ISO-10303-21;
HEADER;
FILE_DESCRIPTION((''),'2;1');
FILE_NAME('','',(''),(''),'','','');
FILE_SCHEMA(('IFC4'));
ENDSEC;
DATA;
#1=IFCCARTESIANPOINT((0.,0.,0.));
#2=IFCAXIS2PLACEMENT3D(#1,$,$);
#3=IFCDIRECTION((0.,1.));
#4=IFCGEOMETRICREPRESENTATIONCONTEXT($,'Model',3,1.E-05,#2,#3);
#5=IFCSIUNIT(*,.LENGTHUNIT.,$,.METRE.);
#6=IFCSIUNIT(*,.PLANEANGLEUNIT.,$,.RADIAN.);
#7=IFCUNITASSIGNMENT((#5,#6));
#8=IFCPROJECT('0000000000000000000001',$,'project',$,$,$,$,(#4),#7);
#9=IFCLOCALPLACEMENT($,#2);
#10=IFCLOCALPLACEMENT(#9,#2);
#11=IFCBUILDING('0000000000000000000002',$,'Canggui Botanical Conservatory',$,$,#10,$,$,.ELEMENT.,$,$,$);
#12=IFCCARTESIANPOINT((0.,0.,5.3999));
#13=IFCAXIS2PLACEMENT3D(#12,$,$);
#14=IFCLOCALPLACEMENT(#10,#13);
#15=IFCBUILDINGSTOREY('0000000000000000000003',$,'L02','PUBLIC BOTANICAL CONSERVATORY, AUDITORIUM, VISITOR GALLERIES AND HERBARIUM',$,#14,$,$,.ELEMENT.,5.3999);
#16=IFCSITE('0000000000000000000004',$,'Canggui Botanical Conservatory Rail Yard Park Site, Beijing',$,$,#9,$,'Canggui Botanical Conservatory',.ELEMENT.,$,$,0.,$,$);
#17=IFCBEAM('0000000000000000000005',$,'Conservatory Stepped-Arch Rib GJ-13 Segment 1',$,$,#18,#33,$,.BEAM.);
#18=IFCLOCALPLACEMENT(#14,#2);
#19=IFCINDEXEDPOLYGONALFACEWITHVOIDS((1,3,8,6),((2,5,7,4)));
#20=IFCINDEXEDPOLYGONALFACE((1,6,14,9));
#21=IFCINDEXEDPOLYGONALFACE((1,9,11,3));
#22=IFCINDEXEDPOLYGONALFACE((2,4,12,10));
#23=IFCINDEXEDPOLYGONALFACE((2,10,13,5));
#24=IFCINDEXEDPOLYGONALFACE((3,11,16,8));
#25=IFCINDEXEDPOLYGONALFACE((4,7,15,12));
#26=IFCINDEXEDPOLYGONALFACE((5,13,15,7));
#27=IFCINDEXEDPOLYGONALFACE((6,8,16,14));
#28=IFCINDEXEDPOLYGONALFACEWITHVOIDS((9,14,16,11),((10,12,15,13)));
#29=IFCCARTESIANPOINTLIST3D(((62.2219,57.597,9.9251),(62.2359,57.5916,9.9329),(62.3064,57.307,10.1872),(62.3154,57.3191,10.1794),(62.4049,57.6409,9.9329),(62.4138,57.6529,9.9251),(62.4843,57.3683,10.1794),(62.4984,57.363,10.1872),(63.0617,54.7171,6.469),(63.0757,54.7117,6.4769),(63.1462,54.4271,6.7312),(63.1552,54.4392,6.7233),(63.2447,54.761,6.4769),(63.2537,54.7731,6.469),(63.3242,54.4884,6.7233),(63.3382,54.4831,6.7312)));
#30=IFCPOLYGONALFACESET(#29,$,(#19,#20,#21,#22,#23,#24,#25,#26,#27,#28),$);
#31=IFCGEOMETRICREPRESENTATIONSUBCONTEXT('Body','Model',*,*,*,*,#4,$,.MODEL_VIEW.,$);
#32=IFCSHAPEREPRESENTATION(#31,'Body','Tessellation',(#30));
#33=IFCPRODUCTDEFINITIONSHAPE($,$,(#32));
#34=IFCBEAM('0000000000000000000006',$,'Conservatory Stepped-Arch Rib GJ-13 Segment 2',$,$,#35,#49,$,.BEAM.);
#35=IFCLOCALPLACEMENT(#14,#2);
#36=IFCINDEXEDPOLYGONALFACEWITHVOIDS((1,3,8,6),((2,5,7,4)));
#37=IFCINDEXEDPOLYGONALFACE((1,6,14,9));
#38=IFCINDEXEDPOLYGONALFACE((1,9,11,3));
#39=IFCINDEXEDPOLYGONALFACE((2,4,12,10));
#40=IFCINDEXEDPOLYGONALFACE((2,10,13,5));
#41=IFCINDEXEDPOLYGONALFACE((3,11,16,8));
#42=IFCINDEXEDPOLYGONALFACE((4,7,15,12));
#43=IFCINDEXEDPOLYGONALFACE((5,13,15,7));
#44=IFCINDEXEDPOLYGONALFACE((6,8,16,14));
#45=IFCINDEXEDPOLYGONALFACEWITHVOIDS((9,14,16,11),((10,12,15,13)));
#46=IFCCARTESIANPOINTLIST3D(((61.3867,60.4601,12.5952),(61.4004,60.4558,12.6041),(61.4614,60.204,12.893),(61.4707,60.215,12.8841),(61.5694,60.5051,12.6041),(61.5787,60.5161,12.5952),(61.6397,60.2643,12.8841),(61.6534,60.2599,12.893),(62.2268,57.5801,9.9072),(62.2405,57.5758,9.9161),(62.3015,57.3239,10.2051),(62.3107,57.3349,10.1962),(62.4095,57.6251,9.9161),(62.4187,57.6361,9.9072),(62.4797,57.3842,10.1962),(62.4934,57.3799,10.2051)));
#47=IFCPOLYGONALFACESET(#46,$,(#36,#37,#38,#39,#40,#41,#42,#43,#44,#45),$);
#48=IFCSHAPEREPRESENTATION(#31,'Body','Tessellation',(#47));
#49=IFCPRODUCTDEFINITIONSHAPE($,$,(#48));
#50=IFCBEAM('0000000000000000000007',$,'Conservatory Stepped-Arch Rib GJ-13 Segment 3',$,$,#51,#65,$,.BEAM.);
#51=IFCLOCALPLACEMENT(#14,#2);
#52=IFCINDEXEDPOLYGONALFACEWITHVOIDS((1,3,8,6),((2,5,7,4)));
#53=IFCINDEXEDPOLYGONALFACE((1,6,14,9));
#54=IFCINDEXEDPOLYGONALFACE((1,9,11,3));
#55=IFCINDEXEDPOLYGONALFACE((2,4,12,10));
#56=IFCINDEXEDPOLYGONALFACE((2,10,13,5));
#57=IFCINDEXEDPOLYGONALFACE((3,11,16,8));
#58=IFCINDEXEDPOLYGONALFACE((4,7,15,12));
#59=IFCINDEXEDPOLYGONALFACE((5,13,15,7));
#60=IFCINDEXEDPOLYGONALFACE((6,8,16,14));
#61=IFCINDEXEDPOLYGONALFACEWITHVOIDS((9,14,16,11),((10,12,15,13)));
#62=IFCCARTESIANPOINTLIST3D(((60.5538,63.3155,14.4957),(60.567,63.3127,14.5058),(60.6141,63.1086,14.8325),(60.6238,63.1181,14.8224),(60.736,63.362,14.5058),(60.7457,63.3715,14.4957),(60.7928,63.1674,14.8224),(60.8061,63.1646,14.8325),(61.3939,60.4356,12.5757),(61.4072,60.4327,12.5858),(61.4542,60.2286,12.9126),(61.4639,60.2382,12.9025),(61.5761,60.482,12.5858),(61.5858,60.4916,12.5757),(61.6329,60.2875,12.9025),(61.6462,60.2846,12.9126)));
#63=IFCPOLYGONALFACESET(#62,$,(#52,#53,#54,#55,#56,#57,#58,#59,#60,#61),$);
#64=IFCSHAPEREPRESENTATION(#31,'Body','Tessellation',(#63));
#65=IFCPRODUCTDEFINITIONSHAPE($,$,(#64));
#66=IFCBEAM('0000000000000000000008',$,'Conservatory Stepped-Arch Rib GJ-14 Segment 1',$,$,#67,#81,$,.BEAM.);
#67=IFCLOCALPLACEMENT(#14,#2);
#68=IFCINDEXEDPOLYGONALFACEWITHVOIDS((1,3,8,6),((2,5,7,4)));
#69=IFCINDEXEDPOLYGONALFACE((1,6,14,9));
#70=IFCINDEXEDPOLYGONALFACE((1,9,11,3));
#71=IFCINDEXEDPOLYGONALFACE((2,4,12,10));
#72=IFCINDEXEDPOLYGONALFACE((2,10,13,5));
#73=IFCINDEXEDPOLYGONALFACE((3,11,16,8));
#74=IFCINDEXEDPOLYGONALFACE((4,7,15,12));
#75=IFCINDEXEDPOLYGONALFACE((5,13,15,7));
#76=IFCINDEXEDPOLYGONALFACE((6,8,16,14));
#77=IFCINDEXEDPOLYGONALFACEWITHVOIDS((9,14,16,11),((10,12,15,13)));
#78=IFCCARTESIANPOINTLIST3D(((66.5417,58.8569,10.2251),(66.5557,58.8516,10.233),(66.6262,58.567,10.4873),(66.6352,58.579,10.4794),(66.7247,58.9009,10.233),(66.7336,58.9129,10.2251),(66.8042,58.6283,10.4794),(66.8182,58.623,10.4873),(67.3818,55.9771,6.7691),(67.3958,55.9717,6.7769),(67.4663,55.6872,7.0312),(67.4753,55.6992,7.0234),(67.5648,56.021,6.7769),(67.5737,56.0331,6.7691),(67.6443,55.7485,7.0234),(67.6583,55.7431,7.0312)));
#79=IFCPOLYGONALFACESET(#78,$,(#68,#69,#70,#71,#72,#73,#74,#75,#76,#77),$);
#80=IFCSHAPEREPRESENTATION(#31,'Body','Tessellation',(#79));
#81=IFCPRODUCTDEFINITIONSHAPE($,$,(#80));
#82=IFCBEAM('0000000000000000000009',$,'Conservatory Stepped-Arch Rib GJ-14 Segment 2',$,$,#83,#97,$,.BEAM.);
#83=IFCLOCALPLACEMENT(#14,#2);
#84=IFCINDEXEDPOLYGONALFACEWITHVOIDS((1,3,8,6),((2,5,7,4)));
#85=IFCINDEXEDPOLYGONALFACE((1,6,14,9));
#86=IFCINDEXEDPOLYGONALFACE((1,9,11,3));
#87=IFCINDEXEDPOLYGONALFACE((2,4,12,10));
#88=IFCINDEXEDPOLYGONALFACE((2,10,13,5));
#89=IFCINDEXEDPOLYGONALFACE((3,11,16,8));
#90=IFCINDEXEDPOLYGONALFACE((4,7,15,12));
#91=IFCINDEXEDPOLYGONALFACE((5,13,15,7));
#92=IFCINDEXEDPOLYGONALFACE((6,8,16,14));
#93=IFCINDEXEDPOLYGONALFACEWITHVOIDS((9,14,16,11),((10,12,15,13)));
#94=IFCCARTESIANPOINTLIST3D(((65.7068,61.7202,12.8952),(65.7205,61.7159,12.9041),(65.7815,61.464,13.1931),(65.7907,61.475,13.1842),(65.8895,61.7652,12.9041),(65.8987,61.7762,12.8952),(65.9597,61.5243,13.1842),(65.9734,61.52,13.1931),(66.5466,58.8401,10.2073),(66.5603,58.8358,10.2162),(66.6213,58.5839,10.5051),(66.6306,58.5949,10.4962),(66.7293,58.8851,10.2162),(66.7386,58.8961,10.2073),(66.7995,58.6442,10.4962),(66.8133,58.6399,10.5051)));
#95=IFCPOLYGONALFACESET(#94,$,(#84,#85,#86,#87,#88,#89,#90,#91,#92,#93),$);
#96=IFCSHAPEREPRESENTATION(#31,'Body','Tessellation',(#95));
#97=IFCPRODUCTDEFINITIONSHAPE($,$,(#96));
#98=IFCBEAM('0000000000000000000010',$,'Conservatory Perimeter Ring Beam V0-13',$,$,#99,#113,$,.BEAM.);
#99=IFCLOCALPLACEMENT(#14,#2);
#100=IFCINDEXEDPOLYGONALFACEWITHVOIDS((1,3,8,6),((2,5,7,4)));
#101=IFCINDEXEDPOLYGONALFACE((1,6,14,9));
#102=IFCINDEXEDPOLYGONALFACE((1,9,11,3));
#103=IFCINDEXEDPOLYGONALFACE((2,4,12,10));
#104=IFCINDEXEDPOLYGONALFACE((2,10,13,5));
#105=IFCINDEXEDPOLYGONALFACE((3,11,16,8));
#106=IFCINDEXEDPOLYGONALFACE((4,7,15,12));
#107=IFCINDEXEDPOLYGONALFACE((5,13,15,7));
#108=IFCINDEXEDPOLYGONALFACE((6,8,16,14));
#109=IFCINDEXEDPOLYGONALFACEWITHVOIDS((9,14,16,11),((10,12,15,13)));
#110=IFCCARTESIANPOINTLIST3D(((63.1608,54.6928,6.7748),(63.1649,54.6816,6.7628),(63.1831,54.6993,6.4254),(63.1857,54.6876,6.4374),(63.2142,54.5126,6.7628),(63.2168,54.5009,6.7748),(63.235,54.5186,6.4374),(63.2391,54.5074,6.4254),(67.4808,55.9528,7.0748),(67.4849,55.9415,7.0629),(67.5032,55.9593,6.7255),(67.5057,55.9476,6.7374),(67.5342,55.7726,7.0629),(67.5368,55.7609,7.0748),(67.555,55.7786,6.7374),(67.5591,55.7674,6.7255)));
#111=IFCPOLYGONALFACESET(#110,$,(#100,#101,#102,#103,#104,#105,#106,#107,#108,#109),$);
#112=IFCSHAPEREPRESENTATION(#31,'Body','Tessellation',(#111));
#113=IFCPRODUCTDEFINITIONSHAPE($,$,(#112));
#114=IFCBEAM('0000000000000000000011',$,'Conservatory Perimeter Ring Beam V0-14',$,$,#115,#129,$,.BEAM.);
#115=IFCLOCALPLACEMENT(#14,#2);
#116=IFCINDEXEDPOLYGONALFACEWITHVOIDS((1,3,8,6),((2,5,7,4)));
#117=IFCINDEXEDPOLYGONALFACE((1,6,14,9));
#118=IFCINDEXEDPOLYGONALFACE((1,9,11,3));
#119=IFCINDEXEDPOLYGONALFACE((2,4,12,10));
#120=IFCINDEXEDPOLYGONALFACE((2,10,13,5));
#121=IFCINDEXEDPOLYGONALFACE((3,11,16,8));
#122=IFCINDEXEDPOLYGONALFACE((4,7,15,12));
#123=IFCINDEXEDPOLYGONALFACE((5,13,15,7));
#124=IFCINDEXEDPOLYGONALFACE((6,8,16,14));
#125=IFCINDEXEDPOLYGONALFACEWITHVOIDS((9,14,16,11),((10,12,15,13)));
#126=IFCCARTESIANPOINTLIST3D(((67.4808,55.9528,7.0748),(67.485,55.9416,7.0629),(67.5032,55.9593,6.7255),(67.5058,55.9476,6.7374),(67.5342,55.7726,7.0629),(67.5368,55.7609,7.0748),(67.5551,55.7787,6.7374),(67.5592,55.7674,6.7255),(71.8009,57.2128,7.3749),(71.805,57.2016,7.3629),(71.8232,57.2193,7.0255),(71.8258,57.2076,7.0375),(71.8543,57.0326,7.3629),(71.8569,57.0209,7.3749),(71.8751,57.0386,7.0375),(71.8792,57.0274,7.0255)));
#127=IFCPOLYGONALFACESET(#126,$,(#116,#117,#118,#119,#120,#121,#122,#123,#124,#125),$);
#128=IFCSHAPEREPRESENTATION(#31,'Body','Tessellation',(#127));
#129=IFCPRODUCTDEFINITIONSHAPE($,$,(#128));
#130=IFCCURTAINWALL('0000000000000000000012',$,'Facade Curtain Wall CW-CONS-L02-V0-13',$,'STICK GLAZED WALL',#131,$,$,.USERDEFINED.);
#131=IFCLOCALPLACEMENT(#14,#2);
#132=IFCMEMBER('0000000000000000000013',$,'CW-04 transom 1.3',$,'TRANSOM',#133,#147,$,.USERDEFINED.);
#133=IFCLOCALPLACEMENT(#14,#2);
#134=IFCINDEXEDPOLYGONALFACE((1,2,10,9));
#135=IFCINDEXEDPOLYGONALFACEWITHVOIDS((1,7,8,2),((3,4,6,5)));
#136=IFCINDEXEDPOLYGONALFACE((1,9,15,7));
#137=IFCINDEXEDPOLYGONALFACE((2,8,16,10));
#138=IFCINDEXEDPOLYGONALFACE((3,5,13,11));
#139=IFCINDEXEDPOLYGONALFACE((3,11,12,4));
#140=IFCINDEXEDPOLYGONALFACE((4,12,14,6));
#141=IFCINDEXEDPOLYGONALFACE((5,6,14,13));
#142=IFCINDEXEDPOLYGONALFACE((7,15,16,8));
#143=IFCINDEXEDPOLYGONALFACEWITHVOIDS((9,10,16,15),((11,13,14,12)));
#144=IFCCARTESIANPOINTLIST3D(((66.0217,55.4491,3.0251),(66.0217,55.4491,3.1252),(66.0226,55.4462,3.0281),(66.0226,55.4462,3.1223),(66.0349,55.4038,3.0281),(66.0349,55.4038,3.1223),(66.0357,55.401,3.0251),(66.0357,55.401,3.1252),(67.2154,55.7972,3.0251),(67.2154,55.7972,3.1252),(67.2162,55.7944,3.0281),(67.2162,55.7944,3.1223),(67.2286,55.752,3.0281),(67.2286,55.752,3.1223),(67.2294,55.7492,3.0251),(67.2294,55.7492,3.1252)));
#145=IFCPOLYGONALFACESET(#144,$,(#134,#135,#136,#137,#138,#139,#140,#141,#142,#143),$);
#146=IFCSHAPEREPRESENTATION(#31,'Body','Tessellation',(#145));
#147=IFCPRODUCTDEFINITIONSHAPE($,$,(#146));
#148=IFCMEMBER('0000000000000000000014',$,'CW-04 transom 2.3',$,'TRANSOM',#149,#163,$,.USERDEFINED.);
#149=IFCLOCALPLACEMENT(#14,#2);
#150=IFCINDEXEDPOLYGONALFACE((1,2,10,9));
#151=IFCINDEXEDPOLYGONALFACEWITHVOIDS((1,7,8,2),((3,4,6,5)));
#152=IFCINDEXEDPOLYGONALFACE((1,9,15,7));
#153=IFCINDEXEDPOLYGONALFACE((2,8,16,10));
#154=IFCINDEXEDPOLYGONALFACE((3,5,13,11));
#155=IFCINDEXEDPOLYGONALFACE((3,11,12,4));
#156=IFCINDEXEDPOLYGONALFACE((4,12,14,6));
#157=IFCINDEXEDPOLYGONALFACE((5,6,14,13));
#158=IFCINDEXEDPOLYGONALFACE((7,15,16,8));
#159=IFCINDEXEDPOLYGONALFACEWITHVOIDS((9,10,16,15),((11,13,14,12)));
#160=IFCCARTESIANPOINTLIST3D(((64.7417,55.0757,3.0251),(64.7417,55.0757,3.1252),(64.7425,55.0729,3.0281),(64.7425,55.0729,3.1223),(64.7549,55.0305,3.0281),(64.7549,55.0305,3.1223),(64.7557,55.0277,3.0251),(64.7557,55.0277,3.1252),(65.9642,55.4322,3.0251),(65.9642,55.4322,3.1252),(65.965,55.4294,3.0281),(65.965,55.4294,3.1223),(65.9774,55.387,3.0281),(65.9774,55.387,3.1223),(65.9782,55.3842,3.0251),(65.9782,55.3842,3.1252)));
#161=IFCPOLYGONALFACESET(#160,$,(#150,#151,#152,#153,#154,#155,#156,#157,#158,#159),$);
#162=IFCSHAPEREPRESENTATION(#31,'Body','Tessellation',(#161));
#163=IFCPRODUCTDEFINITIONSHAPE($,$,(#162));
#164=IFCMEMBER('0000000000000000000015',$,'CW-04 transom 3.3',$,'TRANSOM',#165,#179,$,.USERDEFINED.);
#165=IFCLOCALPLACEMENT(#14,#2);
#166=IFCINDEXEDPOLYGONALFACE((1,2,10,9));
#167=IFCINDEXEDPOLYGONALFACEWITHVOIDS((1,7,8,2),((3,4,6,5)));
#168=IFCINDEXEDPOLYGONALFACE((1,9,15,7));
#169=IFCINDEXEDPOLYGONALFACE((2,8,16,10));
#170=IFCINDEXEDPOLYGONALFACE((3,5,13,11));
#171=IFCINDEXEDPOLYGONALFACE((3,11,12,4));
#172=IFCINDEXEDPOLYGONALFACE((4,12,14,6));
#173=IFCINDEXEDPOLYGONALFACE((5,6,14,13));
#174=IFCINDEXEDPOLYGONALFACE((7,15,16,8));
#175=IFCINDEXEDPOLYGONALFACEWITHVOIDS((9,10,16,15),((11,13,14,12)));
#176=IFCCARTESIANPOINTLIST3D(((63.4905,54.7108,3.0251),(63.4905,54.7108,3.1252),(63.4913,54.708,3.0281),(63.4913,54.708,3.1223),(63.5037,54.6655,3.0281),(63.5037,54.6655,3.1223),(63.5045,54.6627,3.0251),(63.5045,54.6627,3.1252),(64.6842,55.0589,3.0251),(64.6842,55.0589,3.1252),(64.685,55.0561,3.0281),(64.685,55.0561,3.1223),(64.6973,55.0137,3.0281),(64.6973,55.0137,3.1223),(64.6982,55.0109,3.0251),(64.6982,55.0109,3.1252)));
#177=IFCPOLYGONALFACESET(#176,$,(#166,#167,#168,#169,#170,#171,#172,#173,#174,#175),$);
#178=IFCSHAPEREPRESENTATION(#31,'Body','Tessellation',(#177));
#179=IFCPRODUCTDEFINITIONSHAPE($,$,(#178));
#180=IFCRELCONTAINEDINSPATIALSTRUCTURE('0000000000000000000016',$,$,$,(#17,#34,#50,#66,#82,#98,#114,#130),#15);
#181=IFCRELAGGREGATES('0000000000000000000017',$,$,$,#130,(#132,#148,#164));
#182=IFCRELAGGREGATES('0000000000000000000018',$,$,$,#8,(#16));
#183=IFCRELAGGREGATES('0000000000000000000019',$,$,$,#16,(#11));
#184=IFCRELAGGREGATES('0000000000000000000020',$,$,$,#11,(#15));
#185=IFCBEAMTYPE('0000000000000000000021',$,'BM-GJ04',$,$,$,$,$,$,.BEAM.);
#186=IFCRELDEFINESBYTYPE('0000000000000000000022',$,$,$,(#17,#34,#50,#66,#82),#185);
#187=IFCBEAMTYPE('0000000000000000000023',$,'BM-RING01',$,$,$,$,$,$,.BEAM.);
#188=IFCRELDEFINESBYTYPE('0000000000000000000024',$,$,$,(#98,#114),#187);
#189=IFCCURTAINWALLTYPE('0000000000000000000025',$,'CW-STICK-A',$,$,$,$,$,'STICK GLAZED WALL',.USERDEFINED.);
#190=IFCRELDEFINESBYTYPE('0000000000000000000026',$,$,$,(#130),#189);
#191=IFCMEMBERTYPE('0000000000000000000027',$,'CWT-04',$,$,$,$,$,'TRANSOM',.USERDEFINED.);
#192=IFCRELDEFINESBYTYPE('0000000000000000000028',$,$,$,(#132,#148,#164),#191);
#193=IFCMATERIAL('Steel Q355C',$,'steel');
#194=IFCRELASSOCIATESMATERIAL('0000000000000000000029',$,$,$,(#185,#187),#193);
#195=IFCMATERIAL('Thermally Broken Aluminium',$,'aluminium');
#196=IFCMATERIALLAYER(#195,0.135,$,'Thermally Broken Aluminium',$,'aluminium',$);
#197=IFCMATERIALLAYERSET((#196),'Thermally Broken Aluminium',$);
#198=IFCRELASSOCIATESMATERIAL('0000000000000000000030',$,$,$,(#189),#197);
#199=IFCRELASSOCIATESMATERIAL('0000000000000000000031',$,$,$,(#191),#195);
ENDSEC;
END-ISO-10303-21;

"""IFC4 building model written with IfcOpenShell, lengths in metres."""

from ifc_helpers import new_model, si_unit, direction, frame, origin, origin_2d, place, context, subcontext, project, spatial, hollow_rectangle, extrude, material, layer, layer_set, material_profile, profile_set, type_object, element, aggregate, save


model = new_model("IFC4")

# Units and contexts
model_context = context("Model", 3, precision=1e-05, world=origin(), true_north=direction((0.0, 1.0)))
body_context = subcontext(model_context, "Body", "Model", "MODEL_VIEW")
ifc_project = project(units=[si_unit("LENGTHUNIT", "METRE"), si_unit("PLANEANGLEUNIT", "RADIAN")], contexts=[model_context])

# Site, building, storey
site_placement = place(None, origin())
site = spatial("IfcSite", under=ifc_project, at=site_placement, Name="Canggui Botanical Conservatory Rail Yard Park Site, Beijing", LongName="Canggui Botanical Conservatory", CompositionType="ELEMENT", RefElevation=0.0)
building_placement = place(site_placement, origin())
building = spatial("IfcBuilding", under=site, at=building_placement, Name="Canggui Botanical Conservatory", CompositionType="ELEMENT")
storey_placement = place(building_placement, frame((0.0, 0.0, 5.3999)))
storey = spatial("IfcBuildingStorey", under=building, at=storey_placement, Name="L02", Description="PUBLIC BOTANICAL CONSERVATORY, AUDITORIUM, VISITOR GALLERIES AND HERBARIUM", CompositionType="ELEMENT", Elevation=5.3999)

# Beams
ifc_material_1 = material(Name="Steel Q355C", Category="steel")
ifc_material_profile_1 = material_profile(ifc_material_1, hollow_rectangle(XDim=0.2, YDim=0.3999, WallThickness=0.012, at=origin_2d()), Name="RHS 200x400x12")
ifc_profile_set_1 = profile_set([ifc_material_profile_1], Name="Steel Q355C")
beam_type_1 = type_object("IfcBeamType", Name="BM-GJ04", PredefinedType="BEAM", material=ifc_profile_set_1)
beam_1_placement = place(storey_placement, frame((63.2, 54.6001, 6.6001), z_axis=(-0.183517, 0.629291, 0.755192), x_axis=(-0.960011, -0.279962, 0.0)))
element("IfcBeam", 1, at=beam_1_placement, inside=storey, type_object=beam_type_1, Name="Conservatory Stepped-Arch Rib GJ-13 Segment 1", PredefinedType="BEAM", context=body_context, shape_type="SweptSolid", body=[
    extrude(hollow_rectangle(XDim=0.2, YDim=0.3999, WallThickness=0.012, at=origin_2d()), origin(), (0.0, 0.0, 1.0), 4.5764),
])
beam_2_placement = place(storey_placement, frame((62.3601, 57.48, 10.0562), z_axis=(-0.208553, 0.714996, 0.667297), x_axis=(-0.959995, -0.280016, 0.0)))
element("IfcBeam", 2, at=beam_2_placement, inside=storey, type_object=beam_type_1, Name="Conservatory Stepped-Arch Rib GJ-13 Segment 2", PredefinedType="BEAM", context=body_context, shape_type="SweptSolid", body=[
    extrude(hollow_rectangle(XDim=0.2, YDim=0.3999, WallThickness=0.012, at=origin_2d()), origin(), (0.0, 0.0, 1.0), 4.0281),
])
beam_3_placement = place(storey_placement, frame((61.52, 60.3601, 12.7441), z_axis=(-0.235868, 0.808574, 0.539049), x_axis=(-0.959989, -0.280038, 0.0)))
element("IfcBeam", 3, at=beam_3_placement, inside=storey, type_object=beam_type_1, Name="Conservatory Stepped-Arch Rib GJ-13 Segment 3", PredefinedType="BEAM", context=body_context, shape_type="SweptSolid", body=[
    extrude(hollow_rectangle(XDim=0.2, YDim=0.3999, WallThickness=0.012, at=origin_2d()), origin(), (0.0, 0.0, 1.0), 3.5618),
])
beam_4_placement = place(storey_placement, frame((67.52, 55.8601, 6.9001), z_axis=(-0.183568, 0.629285, 0.755184), x_axis=(-0.959989, -0.280038, 0.0)))
element("IfcBeam", 4, at=beam_4_placement, inside=storey, type_object=beam_type_1, Name="Conservatory Stepped-Arch Rib GJ-14 Segment 1", PredefinedType="BEAM", context=body_context, shape_type="SweptSolid", body=[
    extrude(hollow_rectangle(XDim=0.2, YDim=0.3999, WallThickness=0.012, at=origin_2d()), origin(), (0.0, 0.0, 1.0), 4.5764),
])
beam_5_placement = place(storey_placement, frame((66.6799, 58.74, 10.3562), z_axis=(-0.208495, 0.715005, 0.667306), x_axis=(-0.960017, -0.279941, 0.0)))
element("IfcBeam", 5, at=beam_5_placement, inside=storey, type_object=beam_type_1, Name="Conservatory Stepped-Arch Rib GJ-14 Segment 2", PredefinedType="BEAM", context=body_context, shape_type="SweptSolid", body=[
    extrude(hollow_rectangle(XDim=0.2, YDim=0.3999, WallThickness=0.012, at=origin_2d()), origin(), (0.0, 0.0, 1.0), 4.0281),
])
ifc_material_profile_2 = material_profile(ifc_material_1, hollow_rectangle(XDim=0.2, YDim=0.3501, WallThickness=0.012, at=origin_2d()), Name="RHS 200x350x12")
ifc_profile_set_2 = profile_set([ifc_material_profile_2], Name="Steel Q355C")
beam_type_2 = type_object("IfcBeamType", Name="BM-RING01", PredefinedType="BEAM", material=ifc_profile_set_2)
for number, where, z_axis, x_axis, name in (
    (6, (63.2, 54.6001, 6.6001), (0.957874, 0.279378, 0.066529), (-0.279998, 0.960001, 0.0), "Conservatory Perimeter Ring Beam V0-13"),
    (7, (67.52, 55.8601, 6.9001), (0.957874, 0.279378, 0.066529), (-0.279998, 0.960001, 0.0), "Conservatory Perimeter Ring Beam V0-14"),
):
    element("IfcBeam", number, at=place(storey_placement, frame(where, z_axis=z_axis, x_axis=x_axis)), inside=storey, type_object=beam_type_2, Name=name, PredefinedType="BEAM", context=body_context, shape_type="SweptSolid", body=[
        extrude(hollow_rectangle(XDim=0.2, YDim=0.3501, WallThickness=0.012, at=origin_2d()), origin(), (0.0, 0.0, 1.0), 4.51),
    ])

# Curtain wall, members
ifc_material_2 = material(Name="Thermally Broken Aluminium", Category="aluminium")
ifc_layer_1 = layer(ifc_material_2, 0.135, Name="Thermally Broken Aluminium", Category="aluminium")
ifc_layer_set_1 = layer_set([ifc_layer_1], Name="Thermally Broken Aluminium")
curtain_wall_type = type_object("IfcCurtainWallType", Name="CW-STICK-A", ElementType="STICK GLAZED WALL", PredefinedType="USERDEFINED", material=ifc_layer_set_1)
curtain_wall_placement = place(storey_placement, origin())
curtain_wall = element("IfcCurtainWall", 8, at=curtain_wall_placement, inside=storey, type_object=curtain_wall_type, Name="Facade Curtain Wall CW-CONS-L02-V0-13", ObjectType="STICK GLAZED WALL", PredefinedType="USERDEFINED")
ifc_material_profile_3 = material_profile(ifc_material_2, hollow_rectangle(XDim=0.05, YDim=0.1001, WallThickness=0.0029, at=origin_2d()), Name="CWT 50x100x3")
ifc_profile_set_3 = profile_set([ifc_material_profile_3], Name="Thermally Broken Aluminium")
member_type_1 = type_object("IfcMemberType", Name="CWT-04", ElementType="TRANSOM", PredefinedType="USERDEFINED", material=ifc_profile_set_3)
member_1_placement = place(storey_placement, frame((67.2224, 55.7732, 3.0752), z_axis=(-0.959998, -0.280008, 0.0), x_axis=(0.280008, -0.959998, 0.0)))
member_1 = element("IfcMember", 9, at=member_1_placement, type_object=member_type_1, Name="CW-04 transom 1.3", ObjectType="TRANSOM", PredefinedType="USERDEFINED", context=body_context, shape_type="SweptSolid", body=[
    extrude(hollow_rectangle(XDim=0.05, YDim=0.1001, WallThickness=0.0029, at=origin_2d()), origin(), (0.0, 0.0, 1.0), 1.2434),
])
member_2_placement = place(storey_placement, frame((65.9712, 55.4082, 3.0752), z_axis=(-0.960019, -0.279934, 0.0), x_axis=(0.279934, -0.960019, 0.0)))
member_2 = element("IfcMember", 10, at=member_2_placement, type_object=member_type_1, Name="CW-04 transom 2.3", ObjectType="TRANSOM", PredefinedType="USERDEFINED", context=body_context, shape_type="SweptSolid", body=[
    extrude(hollow_rectangle(XDim=0.05, YDim=0.1001, WallThickness=0.0029, at=origin_2d()), origin(), (0.0, 0.0, 1.0), 1.2734),
])
member_3_placement = place(storey_placement, frame((64.6912, 55.0349, 3.0752), z_axis=(-0.959998, -0.280008, 0.0), x_axis=(0.280008, -0.959998, 0.0)))
member_3 = element("IfcMember", 11, at=member_3_placement, type_object=member_type_1, Name="CW-04 transom 3.3", ObjectType="TRANSOM", PredefinedType="USERDEFINED", context=body_context, shape_type="SweptSolid", body=[
    extrude(hollow_rectangle(XDim=0.05, YDim=0.1001, WallThickness=0.0029, at=origin_2d()), origin(), (0.0, 0.0, 1.0), 1.2434),
])
aggregate(curtain_wall, [member_1, member_2, member_3])

save(model, "model.ifc")
